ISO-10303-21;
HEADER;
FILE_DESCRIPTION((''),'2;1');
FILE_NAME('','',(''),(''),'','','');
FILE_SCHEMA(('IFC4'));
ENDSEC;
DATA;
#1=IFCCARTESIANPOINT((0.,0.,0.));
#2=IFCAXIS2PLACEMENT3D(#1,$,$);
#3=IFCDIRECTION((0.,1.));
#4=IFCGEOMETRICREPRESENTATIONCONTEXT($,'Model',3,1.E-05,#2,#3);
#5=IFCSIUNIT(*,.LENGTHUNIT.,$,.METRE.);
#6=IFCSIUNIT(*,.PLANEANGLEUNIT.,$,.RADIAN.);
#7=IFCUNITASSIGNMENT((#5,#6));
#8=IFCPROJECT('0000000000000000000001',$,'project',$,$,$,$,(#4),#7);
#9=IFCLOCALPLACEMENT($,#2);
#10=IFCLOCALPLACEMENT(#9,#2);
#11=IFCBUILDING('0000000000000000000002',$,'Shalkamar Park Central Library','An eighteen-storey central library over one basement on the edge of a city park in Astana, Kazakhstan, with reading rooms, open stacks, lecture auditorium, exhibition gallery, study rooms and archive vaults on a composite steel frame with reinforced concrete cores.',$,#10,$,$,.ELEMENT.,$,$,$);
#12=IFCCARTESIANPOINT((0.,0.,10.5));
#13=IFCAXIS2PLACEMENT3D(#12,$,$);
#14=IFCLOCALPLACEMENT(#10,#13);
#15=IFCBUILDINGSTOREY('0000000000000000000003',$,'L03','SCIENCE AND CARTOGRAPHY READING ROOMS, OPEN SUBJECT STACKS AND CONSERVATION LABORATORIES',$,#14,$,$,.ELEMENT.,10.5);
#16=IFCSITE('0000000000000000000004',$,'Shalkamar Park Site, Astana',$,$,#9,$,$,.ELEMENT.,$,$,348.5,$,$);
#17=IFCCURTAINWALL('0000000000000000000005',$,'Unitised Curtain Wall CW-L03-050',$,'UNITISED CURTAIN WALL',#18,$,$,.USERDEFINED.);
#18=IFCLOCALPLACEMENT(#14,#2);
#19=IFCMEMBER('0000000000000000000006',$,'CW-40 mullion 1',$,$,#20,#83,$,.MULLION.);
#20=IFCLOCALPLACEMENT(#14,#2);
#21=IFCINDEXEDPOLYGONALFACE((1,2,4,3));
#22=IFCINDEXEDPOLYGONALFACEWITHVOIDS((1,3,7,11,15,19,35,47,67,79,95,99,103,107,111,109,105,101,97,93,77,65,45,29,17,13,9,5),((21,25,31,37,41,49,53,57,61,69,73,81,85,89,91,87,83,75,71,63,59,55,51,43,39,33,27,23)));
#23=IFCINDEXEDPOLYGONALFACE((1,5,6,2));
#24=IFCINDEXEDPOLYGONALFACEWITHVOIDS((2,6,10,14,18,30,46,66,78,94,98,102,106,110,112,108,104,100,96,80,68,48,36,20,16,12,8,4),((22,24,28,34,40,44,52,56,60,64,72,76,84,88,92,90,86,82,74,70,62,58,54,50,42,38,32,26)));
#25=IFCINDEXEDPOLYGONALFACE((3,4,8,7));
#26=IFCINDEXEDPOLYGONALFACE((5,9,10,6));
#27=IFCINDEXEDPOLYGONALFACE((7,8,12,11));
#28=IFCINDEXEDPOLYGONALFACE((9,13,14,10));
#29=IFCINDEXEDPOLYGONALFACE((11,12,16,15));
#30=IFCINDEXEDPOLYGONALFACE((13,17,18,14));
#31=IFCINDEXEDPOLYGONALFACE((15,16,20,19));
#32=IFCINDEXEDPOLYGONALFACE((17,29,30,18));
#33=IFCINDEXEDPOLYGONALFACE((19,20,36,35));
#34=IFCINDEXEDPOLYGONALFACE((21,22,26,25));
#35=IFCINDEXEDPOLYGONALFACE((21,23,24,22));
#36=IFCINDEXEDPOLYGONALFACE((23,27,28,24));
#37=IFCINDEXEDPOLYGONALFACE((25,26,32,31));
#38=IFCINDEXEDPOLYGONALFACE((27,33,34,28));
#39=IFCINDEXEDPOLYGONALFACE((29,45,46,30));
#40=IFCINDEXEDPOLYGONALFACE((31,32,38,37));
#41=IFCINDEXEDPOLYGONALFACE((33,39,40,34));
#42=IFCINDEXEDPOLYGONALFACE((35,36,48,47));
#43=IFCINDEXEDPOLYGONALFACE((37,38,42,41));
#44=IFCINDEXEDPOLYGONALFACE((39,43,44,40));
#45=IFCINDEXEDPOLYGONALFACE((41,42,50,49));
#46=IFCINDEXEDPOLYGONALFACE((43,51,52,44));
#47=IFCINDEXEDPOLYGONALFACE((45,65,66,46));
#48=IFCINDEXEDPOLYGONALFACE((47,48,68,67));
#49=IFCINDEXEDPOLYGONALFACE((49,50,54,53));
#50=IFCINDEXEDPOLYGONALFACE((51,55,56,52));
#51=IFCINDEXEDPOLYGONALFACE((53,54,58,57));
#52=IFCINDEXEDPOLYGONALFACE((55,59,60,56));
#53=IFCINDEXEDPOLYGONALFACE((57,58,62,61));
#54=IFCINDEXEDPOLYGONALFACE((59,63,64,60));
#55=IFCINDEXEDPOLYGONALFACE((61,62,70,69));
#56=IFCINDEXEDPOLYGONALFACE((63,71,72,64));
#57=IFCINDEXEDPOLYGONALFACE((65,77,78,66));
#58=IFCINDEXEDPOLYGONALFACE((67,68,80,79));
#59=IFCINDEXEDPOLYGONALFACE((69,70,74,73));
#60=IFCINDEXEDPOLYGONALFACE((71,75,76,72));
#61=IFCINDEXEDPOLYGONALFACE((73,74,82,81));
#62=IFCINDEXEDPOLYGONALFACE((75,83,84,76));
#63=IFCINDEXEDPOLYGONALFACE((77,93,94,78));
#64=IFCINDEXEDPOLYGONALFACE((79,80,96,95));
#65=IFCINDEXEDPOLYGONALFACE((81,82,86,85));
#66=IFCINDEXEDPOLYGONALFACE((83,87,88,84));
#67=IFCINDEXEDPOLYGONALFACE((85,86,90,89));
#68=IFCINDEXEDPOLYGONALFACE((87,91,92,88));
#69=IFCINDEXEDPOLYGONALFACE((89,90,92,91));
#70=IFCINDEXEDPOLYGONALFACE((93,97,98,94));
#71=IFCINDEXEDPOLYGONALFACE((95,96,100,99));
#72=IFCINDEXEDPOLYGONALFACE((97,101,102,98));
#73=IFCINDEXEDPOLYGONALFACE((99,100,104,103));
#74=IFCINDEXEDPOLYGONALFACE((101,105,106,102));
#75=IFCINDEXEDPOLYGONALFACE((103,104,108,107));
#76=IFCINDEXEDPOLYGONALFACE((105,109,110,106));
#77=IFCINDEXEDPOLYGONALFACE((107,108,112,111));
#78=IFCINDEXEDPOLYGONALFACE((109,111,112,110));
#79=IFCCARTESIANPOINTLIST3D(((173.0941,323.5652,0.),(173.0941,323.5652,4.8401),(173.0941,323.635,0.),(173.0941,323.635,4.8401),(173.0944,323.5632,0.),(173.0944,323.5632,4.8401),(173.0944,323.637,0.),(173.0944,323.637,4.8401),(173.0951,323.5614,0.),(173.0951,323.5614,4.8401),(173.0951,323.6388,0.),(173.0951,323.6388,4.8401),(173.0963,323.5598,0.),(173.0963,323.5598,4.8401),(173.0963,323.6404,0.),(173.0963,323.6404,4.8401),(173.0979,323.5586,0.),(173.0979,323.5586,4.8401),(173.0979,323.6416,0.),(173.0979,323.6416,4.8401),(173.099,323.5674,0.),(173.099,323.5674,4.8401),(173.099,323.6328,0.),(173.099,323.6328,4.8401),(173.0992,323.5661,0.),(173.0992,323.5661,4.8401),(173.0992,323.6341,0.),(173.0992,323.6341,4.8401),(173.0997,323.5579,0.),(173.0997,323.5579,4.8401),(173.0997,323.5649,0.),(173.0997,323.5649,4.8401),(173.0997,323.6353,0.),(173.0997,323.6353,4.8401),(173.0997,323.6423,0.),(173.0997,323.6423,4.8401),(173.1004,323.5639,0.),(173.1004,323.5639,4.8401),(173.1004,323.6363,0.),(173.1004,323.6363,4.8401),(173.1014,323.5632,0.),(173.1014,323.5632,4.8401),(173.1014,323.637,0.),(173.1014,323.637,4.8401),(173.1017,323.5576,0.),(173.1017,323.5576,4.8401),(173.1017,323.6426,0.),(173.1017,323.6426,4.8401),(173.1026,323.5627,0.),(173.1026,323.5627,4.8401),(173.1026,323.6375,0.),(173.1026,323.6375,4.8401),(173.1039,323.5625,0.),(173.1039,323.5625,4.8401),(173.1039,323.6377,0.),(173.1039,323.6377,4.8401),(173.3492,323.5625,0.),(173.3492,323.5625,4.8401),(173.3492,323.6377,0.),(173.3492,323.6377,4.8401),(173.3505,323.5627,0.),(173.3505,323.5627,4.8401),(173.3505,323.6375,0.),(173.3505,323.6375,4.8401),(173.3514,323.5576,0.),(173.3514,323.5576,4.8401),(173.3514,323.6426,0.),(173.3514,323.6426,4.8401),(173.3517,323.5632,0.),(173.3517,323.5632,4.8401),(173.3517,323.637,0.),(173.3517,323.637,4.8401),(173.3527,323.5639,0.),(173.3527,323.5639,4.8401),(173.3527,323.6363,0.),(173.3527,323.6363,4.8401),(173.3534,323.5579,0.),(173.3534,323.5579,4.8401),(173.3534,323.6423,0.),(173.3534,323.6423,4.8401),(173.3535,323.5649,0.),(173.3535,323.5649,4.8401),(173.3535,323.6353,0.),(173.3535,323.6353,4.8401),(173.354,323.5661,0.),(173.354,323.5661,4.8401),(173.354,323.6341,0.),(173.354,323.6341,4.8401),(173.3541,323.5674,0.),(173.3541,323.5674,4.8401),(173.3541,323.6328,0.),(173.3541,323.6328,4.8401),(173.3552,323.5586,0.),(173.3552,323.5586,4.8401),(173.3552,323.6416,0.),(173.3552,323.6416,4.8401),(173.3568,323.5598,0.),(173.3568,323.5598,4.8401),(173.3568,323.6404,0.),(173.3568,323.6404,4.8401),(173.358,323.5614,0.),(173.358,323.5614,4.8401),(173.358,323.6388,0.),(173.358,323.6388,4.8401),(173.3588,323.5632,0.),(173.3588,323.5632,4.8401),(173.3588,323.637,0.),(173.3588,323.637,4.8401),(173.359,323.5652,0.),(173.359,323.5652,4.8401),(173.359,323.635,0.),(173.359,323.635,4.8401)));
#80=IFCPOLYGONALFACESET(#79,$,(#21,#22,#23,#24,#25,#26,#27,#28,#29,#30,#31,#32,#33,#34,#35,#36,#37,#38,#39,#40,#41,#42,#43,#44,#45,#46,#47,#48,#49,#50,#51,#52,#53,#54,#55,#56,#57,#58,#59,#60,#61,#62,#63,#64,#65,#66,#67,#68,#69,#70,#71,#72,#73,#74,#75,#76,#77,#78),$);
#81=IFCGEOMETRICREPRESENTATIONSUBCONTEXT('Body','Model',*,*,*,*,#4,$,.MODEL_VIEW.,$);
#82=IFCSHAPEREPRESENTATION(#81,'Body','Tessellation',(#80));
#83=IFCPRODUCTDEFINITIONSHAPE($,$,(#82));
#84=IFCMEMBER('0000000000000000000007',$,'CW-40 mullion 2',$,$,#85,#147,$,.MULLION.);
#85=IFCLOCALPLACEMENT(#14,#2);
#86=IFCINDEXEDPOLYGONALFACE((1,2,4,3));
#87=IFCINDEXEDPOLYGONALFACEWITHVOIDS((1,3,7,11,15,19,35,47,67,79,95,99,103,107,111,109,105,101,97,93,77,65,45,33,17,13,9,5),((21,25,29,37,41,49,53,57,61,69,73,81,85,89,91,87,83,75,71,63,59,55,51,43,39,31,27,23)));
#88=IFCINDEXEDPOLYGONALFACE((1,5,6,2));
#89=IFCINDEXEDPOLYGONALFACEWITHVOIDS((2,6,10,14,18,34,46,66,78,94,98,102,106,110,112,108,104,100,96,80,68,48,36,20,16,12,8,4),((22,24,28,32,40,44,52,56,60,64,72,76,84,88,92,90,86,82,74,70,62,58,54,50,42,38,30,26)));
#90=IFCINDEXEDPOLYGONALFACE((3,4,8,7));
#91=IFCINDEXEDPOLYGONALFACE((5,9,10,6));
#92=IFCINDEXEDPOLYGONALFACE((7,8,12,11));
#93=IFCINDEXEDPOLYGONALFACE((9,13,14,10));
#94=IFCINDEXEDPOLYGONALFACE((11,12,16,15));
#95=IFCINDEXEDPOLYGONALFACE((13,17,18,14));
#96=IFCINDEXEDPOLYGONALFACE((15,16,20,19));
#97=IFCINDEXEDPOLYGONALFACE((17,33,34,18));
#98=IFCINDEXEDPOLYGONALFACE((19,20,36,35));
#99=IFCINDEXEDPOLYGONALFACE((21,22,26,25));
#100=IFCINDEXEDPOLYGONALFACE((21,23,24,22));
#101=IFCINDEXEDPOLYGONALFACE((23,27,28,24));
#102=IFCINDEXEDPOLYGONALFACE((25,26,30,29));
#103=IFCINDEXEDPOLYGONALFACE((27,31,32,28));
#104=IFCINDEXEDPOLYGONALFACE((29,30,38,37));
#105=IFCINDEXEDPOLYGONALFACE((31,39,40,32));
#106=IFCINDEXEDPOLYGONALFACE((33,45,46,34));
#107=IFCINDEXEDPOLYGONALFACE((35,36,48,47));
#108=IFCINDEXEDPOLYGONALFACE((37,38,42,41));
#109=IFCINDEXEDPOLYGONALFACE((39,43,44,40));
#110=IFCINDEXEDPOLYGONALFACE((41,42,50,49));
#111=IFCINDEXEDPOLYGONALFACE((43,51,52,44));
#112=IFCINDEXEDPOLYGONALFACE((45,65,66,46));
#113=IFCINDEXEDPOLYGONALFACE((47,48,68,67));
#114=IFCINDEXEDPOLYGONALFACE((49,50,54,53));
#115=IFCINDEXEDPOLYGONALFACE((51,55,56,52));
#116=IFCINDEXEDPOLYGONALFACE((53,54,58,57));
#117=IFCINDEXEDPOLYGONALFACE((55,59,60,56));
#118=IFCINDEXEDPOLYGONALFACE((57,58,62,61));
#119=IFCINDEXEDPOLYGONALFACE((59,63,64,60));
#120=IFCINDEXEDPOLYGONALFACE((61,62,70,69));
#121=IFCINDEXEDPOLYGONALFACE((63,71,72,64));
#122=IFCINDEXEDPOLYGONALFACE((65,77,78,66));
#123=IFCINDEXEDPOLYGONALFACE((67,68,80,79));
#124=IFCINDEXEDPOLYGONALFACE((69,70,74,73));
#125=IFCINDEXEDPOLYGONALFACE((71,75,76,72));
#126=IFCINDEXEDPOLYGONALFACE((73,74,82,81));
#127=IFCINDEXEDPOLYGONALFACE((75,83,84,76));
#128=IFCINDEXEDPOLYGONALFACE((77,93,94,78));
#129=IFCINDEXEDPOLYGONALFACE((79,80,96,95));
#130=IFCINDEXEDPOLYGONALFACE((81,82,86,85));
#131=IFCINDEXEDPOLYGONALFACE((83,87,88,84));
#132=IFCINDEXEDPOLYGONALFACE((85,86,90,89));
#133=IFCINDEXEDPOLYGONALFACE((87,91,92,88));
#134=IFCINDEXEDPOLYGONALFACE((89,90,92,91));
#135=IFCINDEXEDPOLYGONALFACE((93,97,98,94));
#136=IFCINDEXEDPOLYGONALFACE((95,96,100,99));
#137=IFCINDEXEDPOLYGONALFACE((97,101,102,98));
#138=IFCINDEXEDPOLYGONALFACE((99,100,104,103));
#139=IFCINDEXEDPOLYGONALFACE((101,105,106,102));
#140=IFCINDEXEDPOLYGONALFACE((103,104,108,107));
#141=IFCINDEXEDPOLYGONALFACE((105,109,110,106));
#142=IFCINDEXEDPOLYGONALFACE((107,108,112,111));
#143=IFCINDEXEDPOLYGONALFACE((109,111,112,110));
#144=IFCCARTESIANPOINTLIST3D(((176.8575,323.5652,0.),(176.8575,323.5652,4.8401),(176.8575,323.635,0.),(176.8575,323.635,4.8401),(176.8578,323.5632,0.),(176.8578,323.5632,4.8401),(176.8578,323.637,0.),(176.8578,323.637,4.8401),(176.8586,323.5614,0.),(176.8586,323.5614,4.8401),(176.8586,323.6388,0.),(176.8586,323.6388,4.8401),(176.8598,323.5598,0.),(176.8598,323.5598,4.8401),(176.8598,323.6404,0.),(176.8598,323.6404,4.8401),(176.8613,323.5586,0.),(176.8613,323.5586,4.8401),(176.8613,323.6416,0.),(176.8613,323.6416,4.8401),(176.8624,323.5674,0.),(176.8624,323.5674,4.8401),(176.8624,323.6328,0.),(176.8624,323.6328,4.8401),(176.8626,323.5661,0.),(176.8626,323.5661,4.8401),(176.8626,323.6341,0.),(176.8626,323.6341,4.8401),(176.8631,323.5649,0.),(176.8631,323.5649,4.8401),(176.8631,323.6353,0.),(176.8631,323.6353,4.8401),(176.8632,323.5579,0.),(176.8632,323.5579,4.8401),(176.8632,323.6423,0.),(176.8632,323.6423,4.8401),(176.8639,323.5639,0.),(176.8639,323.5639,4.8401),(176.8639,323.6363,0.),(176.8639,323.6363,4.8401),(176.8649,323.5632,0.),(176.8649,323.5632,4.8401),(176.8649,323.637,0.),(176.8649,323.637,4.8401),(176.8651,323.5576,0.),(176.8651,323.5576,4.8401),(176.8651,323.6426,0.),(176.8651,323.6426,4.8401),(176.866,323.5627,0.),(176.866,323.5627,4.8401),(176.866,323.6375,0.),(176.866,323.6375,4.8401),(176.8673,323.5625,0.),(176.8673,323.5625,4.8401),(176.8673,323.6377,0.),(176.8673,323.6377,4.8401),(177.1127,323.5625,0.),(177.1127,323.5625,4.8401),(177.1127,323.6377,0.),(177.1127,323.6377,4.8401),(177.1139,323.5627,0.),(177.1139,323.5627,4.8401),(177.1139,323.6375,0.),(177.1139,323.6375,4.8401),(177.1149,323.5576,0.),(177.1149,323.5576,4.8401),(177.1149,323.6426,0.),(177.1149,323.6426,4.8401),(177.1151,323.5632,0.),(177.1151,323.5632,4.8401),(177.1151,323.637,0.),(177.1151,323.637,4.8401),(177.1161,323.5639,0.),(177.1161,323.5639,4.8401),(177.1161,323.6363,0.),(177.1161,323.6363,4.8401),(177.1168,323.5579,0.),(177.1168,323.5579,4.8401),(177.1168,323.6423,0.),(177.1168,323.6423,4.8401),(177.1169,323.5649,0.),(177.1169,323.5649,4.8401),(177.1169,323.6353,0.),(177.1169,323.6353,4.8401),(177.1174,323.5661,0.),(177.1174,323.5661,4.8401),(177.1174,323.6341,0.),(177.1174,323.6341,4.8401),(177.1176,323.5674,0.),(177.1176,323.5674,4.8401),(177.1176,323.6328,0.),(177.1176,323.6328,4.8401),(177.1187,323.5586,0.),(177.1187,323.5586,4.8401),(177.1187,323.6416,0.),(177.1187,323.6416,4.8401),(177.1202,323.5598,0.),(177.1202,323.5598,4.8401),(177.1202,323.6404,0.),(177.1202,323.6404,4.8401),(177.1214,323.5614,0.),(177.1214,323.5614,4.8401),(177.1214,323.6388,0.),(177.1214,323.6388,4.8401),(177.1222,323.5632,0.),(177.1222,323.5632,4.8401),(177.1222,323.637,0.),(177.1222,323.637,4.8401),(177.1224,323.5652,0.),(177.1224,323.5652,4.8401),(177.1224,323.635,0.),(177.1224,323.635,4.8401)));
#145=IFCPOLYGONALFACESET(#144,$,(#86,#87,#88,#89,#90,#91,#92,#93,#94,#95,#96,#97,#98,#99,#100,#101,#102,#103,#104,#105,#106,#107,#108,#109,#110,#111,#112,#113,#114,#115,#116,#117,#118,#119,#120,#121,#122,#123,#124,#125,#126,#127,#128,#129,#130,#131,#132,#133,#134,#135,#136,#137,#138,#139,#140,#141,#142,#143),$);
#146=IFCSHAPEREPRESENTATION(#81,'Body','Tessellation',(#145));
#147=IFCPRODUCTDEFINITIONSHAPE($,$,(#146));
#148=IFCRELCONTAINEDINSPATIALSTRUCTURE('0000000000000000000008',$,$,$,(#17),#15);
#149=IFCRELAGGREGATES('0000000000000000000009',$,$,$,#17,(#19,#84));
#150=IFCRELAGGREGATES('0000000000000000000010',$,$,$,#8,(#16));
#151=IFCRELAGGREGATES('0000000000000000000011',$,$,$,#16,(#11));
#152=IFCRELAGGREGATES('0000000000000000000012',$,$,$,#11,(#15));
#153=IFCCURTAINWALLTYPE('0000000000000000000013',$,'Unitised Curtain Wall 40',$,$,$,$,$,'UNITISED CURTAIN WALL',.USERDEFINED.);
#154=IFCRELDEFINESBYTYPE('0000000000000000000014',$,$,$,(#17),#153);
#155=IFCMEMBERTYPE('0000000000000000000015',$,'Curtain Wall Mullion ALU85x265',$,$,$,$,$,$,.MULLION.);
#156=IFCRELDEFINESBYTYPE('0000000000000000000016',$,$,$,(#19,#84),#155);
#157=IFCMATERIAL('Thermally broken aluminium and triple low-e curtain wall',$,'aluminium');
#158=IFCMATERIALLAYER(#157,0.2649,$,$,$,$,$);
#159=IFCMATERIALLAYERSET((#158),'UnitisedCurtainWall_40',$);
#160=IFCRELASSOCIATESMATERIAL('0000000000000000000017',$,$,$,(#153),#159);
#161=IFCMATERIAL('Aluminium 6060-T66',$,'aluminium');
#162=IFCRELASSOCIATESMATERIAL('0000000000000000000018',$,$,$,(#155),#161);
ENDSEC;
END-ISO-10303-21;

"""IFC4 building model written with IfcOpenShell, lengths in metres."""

from ifc_helpers import new_model, si_unit, direction, frame, origin, origin_2d, place, context, subcontext, project, spatial, hollow_rectangle, extrude, material, layer, layer_set, material_profile, profile_set, type_object, element, aggregate, save


model = new_model("IFC4")

# Units and contexts
model_context = context("Model", 3, precision=1e-05, world=origin(), true_north=direction((0.0, 1.0)))
body_context = subcontext(model_context, "Body", "Model", "MODEL_VIEW")
ifc_project = project(units=[si_unit("LENGTHUNIT", "METRE"), si_unit("PLANEANGLEUNIT", "RADIAN")], contexts=[model_context])

# Site, building, storey
site_placement = place(None, origin())
site = spatial("IfcSite", under=ifc_project, at=site_placement, Name="Shalkamar Park Site, Astana", CompositionType="ELEMENT", RefElevation=348.5)
building_placement = place(site_placement, origin())
building = spatial("IfcBuilding", under=site, at=building_placement, Name="Shalkamar Park Central Library", Description="An eighteen-storey central library over one basement on the edge of a city park in Astana, Kazakhstan, with reading rooms, open stacks, lecture auditorium, exhibition gallery, study rooms and archive vaults on a composite steel frame with reinforced concrete cores.", CompositionType="ELEMENT")
storey_placement = place(building_placement, frame((0.0, 0.0, 10.5)))
storey = spatial("IfcBuildingStorey", under=building, at=storey_placement, Name="L03", Description="SCIENCE AND CARTOGRAPHY READING ROOMS, OPEN SUBJECT STACKS AND CONSERVATION LABORATORIES", CompositionType="ELEMENT", Elevation=10.5)

# Shared definitions
ifc_material_1 = material(Name="Thermally broken aluminium and triple low-e curtain wall", Category="aluminium")
ifc_material_2 = material(Name="Aluminium 6060-T66", Category="aluminium")

# Curtain wall, members
ifc_layer_1 = layer(ifc_material_1, 0.2649)
ifc_layer_set_1 = layer_set([ifc_layer_1], Name="UnitisedCurtainWall_40")
curtain_wall_type_1 = type_object("IfcCurtainWallType", Name="Unitised Curtain Wall 40", ElementType="UNITISED CURTAIN WALL", PredefinedType="USERDEFINED", material=ifc_layer_set_1)
curtain_wall_1_placement = place(storey_placement, origin())
curtain_wall_1 = element("IfcCurtainWall", 1, at=curtain_wall_1_placement, inside=storey, type_object=curtain_wall_type_1, Name="Unitised Curtain Wall CW-L03-050", ObjectType="UNITISED CURTAIN WALL", PredefinedType="USERDEFINED")
ifc_material_profile_1 = material_profile(ifc_material_2, hollow_rectangle(XDim=0.085, YDim=0.2649, WallThickness=0.0049, InnerFilletRadius=0.0049, OuterFilletRadius=0.0076, at=origin_2d()), Name="ALU 85x265x5")
ifc_profile_set_1 = profile_set([ifc_material_profile_1], Name="Aluminium 6060-T66")
member_type_1 = type_object("IfcMemberType", Name="Curtain Wall Mullion ALU85x265", PredefinedType="MULLION", material=ifc_profile_set_1)
member_1_placement = place(storey_placement, frame((173.2266, 323.6001, 0.0), z_axis=(0.0, 0.0, 1.0), x_axis=(0.0, 1.0, 0.0)))
member_1 = element("IfcMember", 2, at=member_1_placement, type_object=member_type_1, Name="CW-40 mullion 1", PredefinedType="MULLION", context=body_context, shape_type="SweptSolid", body=[
    extrude(hollow_rectangle(XDim=0.085, YDim=0.2649, WallThickness=0.0049, InnerFilletRadius=0.0049, OuterFilletRadius=0.0076, at=origin_2d()), origin(), (0.0, 0.0, 1.0), 4.8401),
])
member_2_placement = place(storey_placement, frame((176.99, 323.6001, 0.0), z_axis=(0.0, 0.0, 1.0), x_axis=(0.0, 1.0, 0.0)))
member_2 = element("IfcMember", 3, at=member_2_placement, type_object=member_type_1, Name="CW-40 mullion 2", PredefinedType="MULLION", context=body_context, shape_type="SweptSolid", body=[
    extrude(hollow_rectangle(XDim=0.085, YDim=0.2649, WallThickness=0.0049, InnerFilletRadius=0.0049, OuterFilletRadius=0.0076, at=origin_2d()), origin(), (0.0, 0.0, 1.0), 4.8401),
])

aggregate(curtain_wall_1, [member_1, member_2])

save(model, "model.ifc")
